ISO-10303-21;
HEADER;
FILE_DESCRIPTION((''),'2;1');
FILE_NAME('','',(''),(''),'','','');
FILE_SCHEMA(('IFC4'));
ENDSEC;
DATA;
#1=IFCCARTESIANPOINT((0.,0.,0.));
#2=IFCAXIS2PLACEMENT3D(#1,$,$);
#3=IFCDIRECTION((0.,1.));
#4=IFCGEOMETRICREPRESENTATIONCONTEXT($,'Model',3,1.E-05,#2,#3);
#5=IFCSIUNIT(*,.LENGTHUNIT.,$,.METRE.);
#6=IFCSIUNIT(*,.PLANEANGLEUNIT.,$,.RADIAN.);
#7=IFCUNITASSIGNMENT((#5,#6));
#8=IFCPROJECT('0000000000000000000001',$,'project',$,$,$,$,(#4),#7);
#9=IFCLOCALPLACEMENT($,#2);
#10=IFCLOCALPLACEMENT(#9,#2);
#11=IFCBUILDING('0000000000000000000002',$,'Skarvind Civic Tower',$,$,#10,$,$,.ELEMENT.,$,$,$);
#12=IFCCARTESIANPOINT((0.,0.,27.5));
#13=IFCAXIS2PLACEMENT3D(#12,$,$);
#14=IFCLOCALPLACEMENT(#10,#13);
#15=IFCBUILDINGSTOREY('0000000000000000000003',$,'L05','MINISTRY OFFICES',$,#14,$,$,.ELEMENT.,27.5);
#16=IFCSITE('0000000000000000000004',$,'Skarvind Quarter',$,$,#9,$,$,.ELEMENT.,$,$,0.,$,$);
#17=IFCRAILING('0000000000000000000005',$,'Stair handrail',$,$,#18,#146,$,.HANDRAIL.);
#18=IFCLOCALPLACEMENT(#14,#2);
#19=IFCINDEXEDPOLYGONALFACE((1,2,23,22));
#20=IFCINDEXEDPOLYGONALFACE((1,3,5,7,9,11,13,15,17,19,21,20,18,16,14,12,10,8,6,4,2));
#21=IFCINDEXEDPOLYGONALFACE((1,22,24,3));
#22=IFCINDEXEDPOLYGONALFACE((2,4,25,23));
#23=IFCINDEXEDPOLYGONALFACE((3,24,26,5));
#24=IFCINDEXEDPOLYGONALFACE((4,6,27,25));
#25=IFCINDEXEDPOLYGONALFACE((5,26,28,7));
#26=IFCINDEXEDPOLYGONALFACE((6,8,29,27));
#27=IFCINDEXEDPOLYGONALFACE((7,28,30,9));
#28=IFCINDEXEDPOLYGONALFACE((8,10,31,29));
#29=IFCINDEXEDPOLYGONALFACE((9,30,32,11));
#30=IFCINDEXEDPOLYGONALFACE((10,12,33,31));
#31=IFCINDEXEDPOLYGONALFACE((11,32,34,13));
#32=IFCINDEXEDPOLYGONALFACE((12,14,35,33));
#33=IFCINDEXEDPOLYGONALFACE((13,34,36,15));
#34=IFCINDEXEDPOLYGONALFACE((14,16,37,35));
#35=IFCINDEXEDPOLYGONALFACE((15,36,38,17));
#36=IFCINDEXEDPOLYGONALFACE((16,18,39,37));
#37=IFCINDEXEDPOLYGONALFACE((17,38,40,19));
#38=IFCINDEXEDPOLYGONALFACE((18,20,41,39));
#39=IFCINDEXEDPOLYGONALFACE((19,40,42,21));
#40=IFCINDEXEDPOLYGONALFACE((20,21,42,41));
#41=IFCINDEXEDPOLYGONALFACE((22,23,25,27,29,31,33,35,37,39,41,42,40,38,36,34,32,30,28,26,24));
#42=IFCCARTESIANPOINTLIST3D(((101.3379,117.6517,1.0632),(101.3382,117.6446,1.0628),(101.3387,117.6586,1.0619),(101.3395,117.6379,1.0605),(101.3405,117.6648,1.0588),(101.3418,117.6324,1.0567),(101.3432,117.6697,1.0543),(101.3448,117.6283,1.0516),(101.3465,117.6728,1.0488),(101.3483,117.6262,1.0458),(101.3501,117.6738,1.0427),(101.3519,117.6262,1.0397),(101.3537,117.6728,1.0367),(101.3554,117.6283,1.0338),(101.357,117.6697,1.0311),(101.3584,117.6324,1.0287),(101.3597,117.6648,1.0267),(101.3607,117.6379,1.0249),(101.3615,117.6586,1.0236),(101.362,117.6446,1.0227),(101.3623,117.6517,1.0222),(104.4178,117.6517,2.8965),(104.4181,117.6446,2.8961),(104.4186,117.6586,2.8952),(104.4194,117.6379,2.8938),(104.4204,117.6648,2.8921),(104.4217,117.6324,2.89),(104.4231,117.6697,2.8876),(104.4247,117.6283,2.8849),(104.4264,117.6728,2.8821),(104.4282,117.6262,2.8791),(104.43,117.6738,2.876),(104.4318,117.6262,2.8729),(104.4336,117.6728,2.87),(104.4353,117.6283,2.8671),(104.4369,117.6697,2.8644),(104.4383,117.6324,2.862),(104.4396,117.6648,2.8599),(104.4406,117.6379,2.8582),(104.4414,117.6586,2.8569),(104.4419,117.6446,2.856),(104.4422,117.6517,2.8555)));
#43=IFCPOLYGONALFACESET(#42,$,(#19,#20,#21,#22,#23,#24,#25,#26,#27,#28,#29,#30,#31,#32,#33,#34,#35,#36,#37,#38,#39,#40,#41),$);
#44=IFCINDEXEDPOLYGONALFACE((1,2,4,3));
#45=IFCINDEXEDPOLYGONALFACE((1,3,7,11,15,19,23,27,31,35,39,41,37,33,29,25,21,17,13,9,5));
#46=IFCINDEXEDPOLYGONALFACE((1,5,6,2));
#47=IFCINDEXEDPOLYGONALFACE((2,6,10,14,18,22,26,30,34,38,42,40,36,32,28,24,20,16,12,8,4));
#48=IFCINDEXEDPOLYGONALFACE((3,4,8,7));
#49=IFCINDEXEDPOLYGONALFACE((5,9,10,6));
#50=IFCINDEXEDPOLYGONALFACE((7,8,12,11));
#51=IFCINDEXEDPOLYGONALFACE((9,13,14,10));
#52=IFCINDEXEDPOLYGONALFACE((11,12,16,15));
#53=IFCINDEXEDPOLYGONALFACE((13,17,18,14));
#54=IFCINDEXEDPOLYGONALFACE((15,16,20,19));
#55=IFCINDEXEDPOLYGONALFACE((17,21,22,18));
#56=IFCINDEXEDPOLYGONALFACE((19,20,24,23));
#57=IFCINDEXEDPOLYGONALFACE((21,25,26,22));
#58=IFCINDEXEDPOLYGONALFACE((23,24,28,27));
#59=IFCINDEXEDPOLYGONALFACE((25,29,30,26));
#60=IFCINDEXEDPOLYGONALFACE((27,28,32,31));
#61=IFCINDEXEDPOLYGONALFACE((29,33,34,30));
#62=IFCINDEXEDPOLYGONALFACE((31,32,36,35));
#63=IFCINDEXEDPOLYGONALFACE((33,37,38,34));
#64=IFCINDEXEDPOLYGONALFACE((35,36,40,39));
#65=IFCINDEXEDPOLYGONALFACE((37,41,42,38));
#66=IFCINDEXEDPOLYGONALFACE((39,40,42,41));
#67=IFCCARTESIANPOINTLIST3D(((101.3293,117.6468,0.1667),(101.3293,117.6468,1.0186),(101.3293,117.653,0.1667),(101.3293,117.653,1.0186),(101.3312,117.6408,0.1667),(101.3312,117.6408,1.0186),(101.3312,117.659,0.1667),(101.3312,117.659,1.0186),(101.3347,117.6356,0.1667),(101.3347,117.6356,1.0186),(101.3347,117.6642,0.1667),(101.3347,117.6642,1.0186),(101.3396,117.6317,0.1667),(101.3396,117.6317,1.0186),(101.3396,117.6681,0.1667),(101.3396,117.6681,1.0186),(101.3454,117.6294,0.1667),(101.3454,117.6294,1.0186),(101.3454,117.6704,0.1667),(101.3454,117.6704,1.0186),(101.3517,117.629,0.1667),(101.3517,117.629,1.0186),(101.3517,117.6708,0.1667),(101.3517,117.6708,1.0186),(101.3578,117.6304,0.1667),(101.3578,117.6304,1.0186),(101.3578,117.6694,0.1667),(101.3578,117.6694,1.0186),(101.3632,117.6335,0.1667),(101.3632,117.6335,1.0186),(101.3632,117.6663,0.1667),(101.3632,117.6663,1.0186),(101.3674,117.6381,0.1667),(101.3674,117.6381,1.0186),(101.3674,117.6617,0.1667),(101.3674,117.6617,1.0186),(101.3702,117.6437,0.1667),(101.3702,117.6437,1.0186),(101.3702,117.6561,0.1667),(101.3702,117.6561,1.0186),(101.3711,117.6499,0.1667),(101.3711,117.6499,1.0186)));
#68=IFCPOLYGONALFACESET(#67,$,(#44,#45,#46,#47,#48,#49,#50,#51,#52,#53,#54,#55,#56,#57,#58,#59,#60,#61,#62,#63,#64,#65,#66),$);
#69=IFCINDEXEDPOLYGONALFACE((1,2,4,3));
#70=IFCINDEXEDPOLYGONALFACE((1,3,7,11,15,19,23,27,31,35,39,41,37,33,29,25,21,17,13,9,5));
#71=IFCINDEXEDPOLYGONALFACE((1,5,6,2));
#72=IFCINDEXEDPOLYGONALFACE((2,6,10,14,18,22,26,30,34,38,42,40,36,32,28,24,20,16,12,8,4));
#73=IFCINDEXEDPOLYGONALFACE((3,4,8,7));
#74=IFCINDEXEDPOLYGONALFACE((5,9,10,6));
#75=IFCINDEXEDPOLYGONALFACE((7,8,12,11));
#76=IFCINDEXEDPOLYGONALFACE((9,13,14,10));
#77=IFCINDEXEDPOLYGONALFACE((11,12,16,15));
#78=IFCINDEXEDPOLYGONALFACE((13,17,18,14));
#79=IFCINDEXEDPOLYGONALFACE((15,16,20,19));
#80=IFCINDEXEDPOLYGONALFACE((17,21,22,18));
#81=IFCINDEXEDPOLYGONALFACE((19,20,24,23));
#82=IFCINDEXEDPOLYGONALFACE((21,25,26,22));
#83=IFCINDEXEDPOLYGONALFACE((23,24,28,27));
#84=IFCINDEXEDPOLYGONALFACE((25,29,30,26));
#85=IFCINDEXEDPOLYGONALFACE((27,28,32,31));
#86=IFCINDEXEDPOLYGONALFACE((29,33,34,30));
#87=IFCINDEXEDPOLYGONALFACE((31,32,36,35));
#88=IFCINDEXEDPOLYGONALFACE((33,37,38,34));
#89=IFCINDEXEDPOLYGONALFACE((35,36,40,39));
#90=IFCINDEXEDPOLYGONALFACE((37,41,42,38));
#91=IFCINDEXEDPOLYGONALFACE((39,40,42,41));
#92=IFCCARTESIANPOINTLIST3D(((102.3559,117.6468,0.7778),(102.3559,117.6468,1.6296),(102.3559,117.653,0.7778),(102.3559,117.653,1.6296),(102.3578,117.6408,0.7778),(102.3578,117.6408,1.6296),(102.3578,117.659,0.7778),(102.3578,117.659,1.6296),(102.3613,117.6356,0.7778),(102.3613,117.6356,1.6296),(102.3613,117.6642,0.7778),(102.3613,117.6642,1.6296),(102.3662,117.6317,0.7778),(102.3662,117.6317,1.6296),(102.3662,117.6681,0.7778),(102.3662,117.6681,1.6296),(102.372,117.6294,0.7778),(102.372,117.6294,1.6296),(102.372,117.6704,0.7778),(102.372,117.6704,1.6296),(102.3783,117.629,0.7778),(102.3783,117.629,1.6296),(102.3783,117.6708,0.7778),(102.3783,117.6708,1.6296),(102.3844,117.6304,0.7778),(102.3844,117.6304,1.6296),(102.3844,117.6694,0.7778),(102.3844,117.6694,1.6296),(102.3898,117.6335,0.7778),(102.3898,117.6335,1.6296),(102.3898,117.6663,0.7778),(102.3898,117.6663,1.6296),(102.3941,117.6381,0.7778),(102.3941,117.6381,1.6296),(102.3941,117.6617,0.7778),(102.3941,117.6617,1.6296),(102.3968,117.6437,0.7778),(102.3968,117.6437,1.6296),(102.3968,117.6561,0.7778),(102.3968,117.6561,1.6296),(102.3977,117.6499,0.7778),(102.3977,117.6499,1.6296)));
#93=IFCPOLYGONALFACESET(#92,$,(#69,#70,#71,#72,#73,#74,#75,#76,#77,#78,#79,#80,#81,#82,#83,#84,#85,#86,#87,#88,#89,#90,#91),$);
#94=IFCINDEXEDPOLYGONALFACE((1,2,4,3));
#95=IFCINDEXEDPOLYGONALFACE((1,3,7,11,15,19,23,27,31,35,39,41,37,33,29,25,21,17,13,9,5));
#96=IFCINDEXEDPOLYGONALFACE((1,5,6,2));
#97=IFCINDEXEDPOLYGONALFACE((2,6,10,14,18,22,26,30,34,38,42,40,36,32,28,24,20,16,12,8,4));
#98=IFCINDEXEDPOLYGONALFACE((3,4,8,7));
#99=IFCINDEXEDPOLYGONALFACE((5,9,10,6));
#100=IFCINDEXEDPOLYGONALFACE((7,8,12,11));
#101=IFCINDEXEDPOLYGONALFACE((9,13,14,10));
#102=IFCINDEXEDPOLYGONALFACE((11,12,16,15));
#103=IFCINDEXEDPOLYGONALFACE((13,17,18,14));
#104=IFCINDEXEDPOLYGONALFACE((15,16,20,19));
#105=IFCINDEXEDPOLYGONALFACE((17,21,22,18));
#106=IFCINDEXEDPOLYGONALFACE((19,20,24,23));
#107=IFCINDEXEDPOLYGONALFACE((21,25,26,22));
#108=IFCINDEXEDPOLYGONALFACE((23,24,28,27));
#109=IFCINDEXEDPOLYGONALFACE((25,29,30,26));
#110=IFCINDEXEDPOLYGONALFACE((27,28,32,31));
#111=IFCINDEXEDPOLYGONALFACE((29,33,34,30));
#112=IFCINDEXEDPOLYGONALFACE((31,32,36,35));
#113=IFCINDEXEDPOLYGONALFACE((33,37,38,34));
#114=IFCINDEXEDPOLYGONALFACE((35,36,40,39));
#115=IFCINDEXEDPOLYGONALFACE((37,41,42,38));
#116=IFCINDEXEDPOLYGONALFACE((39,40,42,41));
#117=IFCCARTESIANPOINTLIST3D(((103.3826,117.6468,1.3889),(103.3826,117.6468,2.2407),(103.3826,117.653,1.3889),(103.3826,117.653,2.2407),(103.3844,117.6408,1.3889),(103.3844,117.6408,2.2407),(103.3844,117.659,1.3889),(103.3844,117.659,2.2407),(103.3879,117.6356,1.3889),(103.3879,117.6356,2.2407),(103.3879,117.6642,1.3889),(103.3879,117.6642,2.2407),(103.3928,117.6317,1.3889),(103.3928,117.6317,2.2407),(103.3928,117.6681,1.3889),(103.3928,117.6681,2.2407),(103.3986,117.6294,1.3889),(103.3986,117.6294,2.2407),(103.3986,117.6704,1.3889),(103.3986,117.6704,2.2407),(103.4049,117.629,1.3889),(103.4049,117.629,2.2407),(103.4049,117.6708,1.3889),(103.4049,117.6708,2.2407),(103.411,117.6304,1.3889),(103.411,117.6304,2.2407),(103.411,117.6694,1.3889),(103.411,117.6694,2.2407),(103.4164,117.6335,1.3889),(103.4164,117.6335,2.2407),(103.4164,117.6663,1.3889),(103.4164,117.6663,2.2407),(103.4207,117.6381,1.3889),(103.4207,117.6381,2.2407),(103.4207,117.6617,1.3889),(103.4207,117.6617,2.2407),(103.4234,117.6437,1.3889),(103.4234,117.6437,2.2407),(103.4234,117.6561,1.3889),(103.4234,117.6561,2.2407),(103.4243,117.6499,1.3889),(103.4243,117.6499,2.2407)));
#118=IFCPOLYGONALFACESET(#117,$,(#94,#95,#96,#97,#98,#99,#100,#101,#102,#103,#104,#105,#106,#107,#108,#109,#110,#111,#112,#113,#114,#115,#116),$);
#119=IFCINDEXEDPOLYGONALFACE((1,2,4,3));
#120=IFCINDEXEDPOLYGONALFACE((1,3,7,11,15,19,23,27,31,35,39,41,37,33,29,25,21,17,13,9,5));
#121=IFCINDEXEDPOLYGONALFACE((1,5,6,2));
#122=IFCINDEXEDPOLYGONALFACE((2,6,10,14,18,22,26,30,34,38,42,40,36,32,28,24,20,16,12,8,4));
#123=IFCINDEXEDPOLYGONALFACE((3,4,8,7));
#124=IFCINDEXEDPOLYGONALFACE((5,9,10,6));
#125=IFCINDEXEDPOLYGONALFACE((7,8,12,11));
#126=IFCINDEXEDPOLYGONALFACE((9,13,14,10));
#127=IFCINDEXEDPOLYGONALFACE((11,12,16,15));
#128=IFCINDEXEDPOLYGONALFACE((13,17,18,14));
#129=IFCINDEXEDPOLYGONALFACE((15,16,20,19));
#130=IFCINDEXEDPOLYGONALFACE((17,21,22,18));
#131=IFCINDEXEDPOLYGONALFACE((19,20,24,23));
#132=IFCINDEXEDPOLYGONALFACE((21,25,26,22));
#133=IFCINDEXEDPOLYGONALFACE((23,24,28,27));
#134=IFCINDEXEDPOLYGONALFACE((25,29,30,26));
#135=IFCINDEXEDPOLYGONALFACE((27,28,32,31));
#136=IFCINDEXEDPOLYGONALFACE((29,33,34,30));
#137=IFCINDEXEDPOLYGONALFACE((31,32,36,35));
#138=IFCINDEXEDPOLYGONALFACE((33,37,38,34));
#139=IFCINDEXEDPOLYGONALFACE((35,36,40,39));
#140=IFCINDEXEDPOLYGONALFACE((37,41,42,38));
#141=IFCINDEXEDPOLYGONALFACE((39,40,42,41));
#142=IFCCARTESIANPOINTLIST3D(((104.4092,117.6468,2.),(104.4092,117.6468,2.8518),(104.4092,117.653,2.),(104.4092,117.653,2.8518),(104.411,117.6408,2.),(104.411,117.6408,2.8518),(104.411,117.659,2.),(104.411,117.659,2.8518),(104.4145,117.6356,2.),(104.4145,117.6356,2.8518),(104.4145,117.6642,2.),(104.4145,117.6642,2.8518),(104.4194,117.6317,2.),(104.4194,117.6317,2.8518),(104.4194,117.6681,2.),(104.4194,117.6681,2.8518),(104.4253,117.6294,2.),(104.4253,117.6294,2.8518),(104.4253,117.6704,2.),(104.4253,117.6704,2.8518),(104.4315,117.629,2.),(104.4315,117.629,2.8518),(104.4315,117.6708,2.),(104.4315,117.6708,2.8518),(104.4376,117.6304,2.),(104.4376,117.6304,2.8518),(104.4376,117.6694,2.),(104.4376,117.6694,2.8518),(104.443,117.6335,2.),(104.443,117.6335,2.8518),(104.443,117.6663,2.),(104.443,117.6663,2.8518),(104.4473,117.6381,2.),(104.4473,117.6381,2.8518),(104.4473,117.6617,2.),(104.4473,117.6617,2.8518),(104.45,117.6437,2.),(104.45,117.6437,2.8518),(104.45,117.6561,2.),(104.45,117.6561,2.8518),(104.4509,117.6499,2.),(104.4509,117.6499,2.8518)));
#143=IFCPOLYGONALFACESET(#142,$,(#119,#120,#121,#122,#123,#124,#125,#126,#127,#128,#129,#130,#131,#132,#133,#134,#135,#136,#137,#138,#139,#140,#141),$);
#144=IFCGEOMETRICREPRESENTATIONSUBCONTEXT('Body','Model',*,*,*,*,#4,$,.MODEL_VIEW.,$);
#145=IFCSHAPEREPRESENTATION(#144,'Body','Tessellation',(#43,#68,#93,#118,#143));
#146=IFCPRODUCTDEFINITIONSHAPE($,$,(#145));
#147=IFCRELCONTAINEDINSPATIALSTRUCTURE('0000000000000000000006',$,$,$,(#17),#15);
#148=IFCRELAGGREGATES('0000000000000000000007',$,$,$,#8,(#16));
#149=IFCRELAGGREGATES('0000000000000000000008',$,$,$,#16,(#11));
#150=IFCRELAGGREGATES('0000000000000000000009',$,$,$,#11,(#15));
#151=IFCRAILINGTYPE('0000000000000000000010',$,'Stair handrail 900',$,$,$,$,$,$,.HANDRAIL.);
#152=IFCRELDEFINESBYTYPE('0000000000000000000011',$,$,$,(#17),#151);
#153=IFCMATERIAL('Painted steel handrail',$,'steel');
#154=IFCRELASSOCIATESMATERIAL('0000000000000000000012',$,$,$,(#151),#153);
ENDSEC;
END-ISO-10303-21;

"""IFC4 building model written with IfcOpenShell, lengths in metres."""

from ifc_helpers import new_model, si_unit, direction, frame, origin, origin_2d, place, context, subcontext, project, spatial, circle, extrude, material, type_object, element, save


model = new_model("IFC4")

# Units and contexts
model_context = context("Model", 3, precision=1e-05, world=origin(), true_north=direction((0.0, 1.0)))
body_context = subcontext(model_context, "Body", "Model", "MODEL_VIEW")
ifc_project = project(units=[si_unit("LENGTHUNIT", "METRE"), si_unit("PLANEANGLEUNIT", "RADIAN")], contexts=[model_context])

# Site, building, storey
site_placement = place(None, origin())
site = spatial("IfcSite", under=ifc_project, at=site_placement, Name="Skarvind Quarter", CompositionType="ELEMENT", RefElevation=0.0)
building_placement = place(site_placement, origin())
building = spatial("IfcBuilding", under=site, at=building_placement, Name="Skarvind Civic Tower", CompositionType="ELEMENT")
storey_placement = place(building_placement, frame((0.0, 0.0, 27.5)))
storey = spatial("IfcBuildingStorey", under=building, at=storey_placement, Name="L05", Description="MINISTRY OFFICES", CompositionType="ELEMENT", Elevation=27.5)

# Railing
ifc_material_1 = material(Name="Painted steel handrail", Category="steel")
railing_type_1 = type_object("IfcRailingType", Name="Stair handrail 900", PredefinedType="HANDRAIL", material=ifc_material_1)
railing_1_placement = place(storey_placement, frame((101.3501, 117.6499, 0.1667)))
element("IfcRailing", 1, at=railing_1_placement, inside=storey, type_object=railing_type_1, Name="Stair handrail", PredefinedType="HANDRAIL", context=body_context, shape_type="SweptSolid", body=[
    extrude(circle(Radius=0.0239, at=origin_2d()), frame((0.0, 0.0, 0.876), z_axis=(0.859291, 0.0, 0.511487), x_axis=(0.0, 1.0, 0.0)), (0.0, 0.0, 1.0), 3.5842),
    extrude(circle(Radius=0.021, at=origin_2d()), origin(), (0.0, 0.0, 1.0), 0.8518),
    extrude(circle(Radius=0.021, at=origin_2d()), frame((1.0266, 0.0, 0.6111)), (0.0, 0.0, 1.0), 0.8518),
    extrude(circle(Radius=0.021, at=origin_2d()), frame((2.0532, 0.0, 1.2222)), (0.0, 0.0, 1.0), 0.8518),
    extrude(circle(Radius=0.021, at=origin_2d()), frame((3.0798, 0.0, 1.8333)), (0.0, 0.0, 1.0), 0.8518),
])

save(model, "model.ifc")
